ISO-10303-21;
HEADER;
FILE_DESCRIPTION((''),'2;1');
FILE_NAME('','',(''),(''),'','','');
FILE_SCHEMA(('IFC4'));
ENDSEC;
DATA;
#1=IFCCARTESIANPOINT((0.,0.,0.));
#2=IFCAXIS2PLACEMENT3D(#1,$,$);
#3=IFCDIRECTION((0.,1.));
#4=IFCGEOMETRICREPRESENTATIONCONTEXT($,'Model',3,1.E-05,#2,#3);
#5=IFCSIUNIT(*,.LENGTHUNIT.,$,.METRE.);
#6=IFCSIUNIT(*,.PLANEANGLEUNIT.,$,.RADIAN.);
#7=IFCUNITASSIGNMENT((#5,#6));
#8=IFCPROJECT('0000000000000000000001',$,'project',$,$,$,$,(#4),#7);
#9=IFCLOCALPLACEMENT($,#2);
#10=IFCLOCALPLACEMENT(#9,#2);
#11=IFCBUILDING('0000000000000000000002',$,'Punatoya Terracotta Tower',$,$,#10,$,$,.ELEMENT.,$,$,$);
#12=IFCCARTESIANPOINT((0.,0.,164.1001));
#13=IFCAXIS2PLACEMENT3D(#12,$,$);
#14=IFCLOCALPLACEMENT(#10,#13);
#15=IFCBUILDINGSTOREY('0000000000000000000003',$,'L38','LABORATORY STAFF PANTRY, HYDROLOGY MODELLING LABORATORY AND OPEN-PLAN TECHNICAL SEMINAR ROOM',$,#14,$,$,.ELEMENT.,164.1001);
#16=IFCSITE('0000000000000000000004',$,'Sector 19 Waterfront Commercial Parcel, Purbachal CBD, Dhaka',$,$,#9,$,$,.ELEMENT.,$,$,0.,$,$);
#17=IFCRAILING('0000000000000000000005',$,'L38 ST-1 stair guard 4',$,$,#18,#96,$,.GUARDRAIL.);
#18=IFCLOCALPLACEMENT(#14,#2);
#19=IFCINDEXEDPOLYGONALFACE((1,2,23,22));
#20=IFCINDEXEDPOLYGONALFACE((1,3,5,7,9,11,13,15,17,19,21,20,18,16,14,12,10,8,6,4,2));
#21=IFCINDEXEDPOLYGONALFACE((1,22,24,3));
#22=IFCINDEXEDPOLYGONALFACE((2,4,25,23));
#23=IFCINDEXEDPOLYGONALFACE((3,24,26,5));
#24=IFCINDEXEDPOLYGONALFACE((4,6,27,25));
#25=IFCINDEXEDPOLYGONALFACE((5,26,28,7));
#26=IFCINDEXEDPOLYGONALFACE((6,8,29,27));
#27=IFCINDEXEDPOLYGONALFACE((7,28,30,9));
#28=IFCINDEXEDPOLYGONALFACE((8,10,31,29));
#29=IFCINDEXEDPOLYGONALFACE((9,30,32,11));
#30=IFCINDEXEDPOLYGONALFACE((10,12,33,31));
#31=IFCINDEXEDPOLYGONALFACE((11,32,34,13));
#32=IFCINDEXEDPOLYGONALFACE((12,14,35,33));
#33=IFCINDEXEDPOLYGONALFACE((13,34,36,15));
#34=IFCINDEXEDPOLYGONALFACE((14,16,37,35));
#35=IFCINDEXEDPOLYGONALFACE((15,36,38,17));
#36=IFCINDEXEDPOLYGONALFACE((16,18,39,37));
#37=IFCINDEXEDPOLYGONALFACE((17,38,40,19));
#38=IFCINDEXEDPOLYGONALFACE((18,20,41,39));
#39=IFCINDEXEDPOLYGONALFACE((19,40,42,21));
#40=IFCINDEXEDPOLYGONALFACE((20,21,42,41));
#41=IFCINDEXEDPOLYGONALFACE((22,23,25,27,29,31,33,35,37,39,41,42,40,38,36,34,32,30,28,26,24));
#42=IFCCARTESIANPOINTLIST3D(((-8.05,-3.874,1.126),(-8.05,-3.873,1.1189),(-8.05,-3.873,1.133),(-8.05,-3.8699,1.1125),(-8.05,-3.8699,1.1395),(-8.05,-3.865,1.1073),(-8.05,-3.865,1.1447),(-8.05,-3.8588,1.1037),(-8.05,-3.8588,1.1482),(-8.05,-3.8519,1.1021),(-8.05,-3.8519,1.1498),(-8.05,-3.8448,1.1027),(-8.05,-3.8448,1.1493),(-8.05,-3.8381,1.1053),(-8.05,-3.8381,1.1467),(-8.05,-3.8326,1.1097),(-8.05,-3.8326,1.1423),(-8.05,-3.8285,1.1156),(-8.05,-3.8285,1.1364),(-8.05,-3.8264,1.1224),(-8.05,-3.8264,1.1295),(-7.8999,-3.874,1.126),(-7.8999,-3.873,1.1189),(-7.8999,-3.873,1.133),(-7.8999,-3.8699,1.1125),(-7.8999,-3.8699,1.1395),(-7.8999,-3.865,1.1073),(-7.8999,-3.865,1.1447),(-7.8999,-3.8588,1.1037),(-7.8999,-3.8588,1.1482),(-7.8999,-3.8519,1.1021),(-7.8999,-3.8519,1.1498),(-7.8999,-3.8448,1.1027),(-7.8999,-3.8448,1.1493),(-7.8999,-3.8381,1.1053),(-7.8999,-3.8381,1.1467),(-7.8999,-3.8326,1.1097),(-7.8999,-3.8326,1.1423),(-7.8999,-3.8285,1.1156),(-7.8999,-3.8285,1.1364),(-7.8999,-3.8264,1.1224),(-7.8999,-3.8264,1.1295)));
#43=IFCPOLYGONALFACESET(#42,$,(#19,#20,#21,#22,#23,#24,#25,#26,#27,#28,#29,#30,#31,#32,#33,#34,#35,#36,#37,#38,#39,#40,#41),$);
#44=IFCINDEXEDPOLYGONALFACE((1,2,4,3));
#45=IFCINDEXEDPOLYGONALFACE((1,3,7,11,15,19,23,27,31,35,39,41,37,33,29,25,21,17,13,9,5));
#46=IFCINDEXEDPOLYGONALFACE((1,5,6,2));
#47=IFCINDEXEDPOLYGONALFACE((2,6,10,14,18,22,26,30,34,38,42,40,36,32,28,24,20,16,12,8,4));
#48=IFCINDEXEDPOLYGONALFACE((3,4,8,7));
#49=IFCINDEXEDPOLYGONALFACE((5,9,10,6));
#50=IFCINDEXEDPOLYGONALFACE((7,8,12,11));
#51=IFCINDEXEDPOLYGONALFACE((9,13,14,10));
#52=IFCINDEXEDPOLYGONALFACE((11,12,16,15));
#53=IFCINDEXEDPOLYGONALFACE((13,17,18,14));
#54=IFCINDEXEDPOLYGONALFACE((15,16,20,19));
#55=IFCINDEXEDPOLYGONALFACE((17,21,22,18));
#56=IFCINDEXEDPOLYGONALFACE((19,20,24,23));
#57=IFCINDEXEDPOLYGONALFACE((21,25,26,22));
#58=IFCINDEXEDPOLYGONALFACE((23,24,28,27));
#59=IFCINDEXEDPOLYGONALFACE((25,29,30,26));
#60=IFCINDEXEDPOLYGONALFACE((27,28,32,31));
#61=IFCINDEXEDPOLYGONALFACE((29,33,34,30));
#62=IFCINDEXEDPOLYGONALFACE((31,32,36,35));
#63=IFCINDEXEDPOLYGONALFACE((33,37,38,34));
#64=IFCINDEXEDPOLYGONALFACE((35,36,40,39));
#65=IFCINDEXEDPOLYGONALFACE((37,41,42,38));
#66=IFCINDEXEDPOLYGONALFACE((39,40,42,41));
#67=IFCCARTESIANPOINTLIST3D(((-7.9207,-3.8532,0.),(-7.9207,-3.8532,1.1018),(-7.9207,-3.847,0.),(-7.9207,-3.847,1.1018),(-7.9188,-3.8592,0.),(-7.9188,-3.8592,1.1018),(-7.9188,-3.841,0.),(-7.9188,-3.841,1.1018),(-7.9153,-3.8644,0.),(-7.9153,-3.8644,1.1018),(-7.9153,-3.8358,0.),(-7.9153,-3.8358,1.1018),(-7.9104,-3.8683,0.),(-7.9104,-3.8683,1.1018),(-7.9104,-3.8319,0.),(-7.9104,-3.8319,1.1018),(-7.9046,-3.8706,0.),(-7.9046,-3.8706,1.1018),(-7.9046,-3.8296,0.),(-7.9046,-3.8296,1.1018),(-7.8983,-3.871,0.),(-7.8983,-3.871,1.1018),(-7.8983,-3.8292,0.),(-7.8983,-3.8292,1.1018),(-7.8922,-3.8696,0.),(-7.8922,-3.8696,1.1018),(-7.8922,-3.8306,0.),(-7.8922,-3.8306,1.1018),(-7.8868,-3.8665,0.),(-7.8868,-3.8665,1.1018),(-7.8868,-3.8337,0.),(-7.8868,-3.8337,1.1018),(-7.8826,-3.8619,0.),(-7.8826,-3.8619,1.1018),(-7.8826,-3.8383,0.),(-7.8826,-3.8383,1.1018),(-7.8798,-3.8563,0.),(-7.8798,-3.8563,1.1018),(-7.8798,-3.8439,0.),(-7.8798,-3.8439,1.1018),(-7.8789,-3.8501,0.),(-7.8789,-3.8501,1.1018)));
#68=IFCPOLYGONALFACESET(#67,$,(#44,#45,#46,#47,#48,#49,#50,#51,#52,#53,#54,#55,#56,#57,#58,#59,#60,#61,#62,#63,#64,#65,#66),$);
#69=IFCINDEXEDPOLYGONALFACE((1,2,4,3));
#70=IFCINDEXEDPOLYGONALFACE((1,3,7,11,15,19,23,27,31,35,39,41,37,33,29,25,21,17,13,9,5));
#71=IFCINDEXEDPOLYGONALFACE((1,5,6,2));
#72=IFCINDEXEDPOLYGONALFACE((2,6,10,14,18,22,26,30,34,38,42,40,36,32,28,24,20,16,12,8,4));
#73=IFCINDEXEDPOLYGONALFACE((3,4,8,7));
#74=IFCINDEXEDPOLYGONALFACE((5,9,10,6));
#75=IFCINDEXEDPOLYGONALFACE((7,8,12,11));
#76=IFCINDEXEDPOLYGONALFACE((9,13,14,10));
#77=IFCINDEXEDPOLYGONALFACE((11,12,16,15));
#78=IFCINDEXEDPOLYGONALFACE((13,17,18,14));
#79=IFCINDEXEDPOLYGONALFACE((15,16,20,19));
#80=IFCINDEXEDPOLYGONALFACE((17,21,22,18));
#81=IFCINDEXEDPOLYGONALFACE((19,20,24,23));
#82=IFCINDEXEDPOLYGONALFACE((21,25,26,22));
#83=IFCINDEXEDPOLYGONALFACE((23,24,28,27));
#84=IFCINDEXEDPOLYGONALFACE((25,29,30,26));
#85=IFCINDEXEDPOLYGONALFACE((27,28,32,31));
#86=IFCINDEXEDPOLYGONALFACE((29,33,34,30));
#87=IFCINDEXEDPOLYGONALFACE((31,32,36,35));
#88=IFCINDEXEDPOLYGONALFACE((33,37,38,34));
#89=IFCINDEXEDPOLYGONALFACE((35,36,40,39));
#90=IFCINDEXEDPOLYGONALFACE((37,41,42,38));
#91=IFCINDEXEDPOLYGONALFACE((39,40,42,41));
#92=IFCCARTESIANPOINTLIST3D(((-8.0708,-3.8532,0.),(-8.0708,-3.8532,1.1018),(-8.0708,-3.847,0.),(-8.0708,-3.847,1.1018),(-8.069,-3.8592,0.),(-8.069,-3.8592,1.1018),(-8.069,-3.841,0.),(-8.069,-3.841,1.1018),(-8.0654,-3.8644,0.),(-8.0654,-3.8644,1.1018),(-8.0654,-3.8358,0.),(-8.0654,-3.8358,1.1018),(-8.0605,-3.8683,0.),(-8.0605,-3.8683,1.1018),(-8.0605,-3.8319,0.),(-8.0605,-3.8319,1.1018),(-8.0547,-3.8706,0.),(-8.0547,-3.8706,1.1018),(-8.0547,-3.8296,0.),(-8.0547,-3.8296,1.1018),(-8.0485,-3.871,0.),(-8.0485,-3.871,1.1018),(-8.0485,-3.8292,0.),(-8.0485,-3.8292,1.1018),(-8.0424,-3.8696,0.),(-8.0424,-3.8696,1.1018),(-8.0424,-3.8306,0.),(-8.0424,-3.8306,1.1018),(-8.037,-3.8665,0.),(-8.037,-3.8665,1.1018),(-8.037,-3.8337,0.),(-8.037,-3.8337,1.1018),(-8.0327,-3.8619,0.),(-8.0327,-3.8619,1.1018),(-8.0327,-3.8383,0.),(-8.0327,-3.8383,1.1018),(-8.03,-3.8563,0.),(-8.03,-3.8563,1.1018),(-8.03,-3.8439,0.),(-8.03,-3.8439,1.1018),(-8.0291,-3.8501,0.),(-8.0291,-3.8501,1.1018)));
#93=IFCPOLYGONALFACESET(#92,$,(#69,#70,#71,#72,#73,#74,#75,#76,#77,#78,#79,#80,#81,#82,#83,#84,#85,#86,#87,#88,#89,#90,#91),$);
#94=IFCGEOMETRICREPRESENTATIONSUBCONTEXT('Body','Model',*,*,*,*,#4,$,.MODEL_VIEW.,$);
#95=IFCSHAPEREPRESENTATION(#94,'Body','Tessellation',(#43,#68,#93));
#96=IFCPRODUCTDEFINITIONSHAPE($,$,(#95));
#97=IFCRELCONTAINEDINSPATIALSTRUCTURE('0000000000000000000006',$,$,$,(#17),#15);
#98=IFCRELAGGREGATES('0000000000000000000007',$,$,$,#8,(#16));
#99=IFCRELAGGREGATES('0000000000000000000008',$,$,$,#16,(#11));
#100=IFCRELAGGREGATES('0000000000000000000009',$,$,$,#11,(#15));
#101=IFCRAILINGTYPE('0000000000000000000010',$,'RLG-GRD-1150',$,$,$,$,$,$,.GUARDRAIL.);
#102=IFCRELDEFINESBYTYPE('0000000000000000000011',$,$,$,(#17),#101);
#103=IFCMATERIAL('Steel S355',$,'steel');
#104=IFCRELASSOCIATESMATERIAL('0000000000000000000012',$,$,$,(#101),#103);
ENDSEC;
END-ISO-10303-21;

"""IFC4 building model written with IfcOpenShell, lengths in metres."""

from ifc_helpers import new_model, si_unit, direction, frame, origin, origin_2d, place, context, subcontext, project, spatial, circle, extrude, material, type_object, element, save


model = new_model("IFC4")

# Units and contexts
model_context = context("Model", 3, precision=1e-05, world=origin(), true_north=direction((0.0, 1.0)))
body_context = subcontext(model_context, "Body", "Model", "MODEL_VIEW")
ifc_project = project(units=[si_unit("LENGTHUNIT", "METRE"), si_unit("PLANEANGLEUNIT", "RADIAN")], contexts=[model_context])

# Site, building, storey
site_placement = place(None, origin())
site = spatial("IfcSite", under=ifc_project, at=site_placement, Name="Sector 19 Waterfront Commercial Parcel, Purbachal CBD, Dhaka", CompositionType="ELEMENT", RefElevation=0.0)
building_placement = place(site_placement, origin())
building = spatial("IfcBuilding", under=site, at=building_placement, Name="Punatoya Terracotta Tower", CompositionType="ELEMENT")
storey_placement = place(building_placement, frame((0.0, 0.0, 164.1001)))
storey = spatial("IfcBuildingStorey", under=building, at=storey_placement, Name="L38", Description="LABORATORY STAFF PANTRY, HYDROLOGY MODELLING LABORATORY AND OPEN-PLAN TECHNICAL SEMINAR ROOM", CompositionType="ELEMENT", Elevation=164.1001)

# Shared definitions
ifc_material_1 = material(Name="Steel S355", Category="steel")

# Railing
railing_type_1 = type_object("IfcRailingType", Name="RLG-GRD-1150", PredefinedType="GUARDRAIL", material=ifc_material_1)
railing_1_placement = place(storey_placement, frame((-7.8999, -3.8501, 0.0)))
element("IfcRailing", 1, at=railing_1_placement, inside=storey, type_object=railing_type_1, Name="L38 ST-1 stair guard 4", PredefinedType="GUARDRAIL", context=body_context, shape_type="SweptSolid", body=[
    extrude(circle(Radius=0.0239, at=origin_2d()), frame((0.0, 0.0, 1.126), z_axis=(-1.0, 0.0, 0.0), x_axis=(0.0, -1.0, 0.0)), (0.0, 0.0, 1.0), 0.1501),
    extrude(circle(Radius=0.021, at=origin_2d()), origin(), (0.0, 0.0, 1.0), 1.1018),
    extrude(circle(Radius=0.021, at=origin_2d()), frame((-0.1501, 0.0, 0.0)), (0.0, 0.0, 1.0), 1.1018),
])

save(model, "model.ifc")
